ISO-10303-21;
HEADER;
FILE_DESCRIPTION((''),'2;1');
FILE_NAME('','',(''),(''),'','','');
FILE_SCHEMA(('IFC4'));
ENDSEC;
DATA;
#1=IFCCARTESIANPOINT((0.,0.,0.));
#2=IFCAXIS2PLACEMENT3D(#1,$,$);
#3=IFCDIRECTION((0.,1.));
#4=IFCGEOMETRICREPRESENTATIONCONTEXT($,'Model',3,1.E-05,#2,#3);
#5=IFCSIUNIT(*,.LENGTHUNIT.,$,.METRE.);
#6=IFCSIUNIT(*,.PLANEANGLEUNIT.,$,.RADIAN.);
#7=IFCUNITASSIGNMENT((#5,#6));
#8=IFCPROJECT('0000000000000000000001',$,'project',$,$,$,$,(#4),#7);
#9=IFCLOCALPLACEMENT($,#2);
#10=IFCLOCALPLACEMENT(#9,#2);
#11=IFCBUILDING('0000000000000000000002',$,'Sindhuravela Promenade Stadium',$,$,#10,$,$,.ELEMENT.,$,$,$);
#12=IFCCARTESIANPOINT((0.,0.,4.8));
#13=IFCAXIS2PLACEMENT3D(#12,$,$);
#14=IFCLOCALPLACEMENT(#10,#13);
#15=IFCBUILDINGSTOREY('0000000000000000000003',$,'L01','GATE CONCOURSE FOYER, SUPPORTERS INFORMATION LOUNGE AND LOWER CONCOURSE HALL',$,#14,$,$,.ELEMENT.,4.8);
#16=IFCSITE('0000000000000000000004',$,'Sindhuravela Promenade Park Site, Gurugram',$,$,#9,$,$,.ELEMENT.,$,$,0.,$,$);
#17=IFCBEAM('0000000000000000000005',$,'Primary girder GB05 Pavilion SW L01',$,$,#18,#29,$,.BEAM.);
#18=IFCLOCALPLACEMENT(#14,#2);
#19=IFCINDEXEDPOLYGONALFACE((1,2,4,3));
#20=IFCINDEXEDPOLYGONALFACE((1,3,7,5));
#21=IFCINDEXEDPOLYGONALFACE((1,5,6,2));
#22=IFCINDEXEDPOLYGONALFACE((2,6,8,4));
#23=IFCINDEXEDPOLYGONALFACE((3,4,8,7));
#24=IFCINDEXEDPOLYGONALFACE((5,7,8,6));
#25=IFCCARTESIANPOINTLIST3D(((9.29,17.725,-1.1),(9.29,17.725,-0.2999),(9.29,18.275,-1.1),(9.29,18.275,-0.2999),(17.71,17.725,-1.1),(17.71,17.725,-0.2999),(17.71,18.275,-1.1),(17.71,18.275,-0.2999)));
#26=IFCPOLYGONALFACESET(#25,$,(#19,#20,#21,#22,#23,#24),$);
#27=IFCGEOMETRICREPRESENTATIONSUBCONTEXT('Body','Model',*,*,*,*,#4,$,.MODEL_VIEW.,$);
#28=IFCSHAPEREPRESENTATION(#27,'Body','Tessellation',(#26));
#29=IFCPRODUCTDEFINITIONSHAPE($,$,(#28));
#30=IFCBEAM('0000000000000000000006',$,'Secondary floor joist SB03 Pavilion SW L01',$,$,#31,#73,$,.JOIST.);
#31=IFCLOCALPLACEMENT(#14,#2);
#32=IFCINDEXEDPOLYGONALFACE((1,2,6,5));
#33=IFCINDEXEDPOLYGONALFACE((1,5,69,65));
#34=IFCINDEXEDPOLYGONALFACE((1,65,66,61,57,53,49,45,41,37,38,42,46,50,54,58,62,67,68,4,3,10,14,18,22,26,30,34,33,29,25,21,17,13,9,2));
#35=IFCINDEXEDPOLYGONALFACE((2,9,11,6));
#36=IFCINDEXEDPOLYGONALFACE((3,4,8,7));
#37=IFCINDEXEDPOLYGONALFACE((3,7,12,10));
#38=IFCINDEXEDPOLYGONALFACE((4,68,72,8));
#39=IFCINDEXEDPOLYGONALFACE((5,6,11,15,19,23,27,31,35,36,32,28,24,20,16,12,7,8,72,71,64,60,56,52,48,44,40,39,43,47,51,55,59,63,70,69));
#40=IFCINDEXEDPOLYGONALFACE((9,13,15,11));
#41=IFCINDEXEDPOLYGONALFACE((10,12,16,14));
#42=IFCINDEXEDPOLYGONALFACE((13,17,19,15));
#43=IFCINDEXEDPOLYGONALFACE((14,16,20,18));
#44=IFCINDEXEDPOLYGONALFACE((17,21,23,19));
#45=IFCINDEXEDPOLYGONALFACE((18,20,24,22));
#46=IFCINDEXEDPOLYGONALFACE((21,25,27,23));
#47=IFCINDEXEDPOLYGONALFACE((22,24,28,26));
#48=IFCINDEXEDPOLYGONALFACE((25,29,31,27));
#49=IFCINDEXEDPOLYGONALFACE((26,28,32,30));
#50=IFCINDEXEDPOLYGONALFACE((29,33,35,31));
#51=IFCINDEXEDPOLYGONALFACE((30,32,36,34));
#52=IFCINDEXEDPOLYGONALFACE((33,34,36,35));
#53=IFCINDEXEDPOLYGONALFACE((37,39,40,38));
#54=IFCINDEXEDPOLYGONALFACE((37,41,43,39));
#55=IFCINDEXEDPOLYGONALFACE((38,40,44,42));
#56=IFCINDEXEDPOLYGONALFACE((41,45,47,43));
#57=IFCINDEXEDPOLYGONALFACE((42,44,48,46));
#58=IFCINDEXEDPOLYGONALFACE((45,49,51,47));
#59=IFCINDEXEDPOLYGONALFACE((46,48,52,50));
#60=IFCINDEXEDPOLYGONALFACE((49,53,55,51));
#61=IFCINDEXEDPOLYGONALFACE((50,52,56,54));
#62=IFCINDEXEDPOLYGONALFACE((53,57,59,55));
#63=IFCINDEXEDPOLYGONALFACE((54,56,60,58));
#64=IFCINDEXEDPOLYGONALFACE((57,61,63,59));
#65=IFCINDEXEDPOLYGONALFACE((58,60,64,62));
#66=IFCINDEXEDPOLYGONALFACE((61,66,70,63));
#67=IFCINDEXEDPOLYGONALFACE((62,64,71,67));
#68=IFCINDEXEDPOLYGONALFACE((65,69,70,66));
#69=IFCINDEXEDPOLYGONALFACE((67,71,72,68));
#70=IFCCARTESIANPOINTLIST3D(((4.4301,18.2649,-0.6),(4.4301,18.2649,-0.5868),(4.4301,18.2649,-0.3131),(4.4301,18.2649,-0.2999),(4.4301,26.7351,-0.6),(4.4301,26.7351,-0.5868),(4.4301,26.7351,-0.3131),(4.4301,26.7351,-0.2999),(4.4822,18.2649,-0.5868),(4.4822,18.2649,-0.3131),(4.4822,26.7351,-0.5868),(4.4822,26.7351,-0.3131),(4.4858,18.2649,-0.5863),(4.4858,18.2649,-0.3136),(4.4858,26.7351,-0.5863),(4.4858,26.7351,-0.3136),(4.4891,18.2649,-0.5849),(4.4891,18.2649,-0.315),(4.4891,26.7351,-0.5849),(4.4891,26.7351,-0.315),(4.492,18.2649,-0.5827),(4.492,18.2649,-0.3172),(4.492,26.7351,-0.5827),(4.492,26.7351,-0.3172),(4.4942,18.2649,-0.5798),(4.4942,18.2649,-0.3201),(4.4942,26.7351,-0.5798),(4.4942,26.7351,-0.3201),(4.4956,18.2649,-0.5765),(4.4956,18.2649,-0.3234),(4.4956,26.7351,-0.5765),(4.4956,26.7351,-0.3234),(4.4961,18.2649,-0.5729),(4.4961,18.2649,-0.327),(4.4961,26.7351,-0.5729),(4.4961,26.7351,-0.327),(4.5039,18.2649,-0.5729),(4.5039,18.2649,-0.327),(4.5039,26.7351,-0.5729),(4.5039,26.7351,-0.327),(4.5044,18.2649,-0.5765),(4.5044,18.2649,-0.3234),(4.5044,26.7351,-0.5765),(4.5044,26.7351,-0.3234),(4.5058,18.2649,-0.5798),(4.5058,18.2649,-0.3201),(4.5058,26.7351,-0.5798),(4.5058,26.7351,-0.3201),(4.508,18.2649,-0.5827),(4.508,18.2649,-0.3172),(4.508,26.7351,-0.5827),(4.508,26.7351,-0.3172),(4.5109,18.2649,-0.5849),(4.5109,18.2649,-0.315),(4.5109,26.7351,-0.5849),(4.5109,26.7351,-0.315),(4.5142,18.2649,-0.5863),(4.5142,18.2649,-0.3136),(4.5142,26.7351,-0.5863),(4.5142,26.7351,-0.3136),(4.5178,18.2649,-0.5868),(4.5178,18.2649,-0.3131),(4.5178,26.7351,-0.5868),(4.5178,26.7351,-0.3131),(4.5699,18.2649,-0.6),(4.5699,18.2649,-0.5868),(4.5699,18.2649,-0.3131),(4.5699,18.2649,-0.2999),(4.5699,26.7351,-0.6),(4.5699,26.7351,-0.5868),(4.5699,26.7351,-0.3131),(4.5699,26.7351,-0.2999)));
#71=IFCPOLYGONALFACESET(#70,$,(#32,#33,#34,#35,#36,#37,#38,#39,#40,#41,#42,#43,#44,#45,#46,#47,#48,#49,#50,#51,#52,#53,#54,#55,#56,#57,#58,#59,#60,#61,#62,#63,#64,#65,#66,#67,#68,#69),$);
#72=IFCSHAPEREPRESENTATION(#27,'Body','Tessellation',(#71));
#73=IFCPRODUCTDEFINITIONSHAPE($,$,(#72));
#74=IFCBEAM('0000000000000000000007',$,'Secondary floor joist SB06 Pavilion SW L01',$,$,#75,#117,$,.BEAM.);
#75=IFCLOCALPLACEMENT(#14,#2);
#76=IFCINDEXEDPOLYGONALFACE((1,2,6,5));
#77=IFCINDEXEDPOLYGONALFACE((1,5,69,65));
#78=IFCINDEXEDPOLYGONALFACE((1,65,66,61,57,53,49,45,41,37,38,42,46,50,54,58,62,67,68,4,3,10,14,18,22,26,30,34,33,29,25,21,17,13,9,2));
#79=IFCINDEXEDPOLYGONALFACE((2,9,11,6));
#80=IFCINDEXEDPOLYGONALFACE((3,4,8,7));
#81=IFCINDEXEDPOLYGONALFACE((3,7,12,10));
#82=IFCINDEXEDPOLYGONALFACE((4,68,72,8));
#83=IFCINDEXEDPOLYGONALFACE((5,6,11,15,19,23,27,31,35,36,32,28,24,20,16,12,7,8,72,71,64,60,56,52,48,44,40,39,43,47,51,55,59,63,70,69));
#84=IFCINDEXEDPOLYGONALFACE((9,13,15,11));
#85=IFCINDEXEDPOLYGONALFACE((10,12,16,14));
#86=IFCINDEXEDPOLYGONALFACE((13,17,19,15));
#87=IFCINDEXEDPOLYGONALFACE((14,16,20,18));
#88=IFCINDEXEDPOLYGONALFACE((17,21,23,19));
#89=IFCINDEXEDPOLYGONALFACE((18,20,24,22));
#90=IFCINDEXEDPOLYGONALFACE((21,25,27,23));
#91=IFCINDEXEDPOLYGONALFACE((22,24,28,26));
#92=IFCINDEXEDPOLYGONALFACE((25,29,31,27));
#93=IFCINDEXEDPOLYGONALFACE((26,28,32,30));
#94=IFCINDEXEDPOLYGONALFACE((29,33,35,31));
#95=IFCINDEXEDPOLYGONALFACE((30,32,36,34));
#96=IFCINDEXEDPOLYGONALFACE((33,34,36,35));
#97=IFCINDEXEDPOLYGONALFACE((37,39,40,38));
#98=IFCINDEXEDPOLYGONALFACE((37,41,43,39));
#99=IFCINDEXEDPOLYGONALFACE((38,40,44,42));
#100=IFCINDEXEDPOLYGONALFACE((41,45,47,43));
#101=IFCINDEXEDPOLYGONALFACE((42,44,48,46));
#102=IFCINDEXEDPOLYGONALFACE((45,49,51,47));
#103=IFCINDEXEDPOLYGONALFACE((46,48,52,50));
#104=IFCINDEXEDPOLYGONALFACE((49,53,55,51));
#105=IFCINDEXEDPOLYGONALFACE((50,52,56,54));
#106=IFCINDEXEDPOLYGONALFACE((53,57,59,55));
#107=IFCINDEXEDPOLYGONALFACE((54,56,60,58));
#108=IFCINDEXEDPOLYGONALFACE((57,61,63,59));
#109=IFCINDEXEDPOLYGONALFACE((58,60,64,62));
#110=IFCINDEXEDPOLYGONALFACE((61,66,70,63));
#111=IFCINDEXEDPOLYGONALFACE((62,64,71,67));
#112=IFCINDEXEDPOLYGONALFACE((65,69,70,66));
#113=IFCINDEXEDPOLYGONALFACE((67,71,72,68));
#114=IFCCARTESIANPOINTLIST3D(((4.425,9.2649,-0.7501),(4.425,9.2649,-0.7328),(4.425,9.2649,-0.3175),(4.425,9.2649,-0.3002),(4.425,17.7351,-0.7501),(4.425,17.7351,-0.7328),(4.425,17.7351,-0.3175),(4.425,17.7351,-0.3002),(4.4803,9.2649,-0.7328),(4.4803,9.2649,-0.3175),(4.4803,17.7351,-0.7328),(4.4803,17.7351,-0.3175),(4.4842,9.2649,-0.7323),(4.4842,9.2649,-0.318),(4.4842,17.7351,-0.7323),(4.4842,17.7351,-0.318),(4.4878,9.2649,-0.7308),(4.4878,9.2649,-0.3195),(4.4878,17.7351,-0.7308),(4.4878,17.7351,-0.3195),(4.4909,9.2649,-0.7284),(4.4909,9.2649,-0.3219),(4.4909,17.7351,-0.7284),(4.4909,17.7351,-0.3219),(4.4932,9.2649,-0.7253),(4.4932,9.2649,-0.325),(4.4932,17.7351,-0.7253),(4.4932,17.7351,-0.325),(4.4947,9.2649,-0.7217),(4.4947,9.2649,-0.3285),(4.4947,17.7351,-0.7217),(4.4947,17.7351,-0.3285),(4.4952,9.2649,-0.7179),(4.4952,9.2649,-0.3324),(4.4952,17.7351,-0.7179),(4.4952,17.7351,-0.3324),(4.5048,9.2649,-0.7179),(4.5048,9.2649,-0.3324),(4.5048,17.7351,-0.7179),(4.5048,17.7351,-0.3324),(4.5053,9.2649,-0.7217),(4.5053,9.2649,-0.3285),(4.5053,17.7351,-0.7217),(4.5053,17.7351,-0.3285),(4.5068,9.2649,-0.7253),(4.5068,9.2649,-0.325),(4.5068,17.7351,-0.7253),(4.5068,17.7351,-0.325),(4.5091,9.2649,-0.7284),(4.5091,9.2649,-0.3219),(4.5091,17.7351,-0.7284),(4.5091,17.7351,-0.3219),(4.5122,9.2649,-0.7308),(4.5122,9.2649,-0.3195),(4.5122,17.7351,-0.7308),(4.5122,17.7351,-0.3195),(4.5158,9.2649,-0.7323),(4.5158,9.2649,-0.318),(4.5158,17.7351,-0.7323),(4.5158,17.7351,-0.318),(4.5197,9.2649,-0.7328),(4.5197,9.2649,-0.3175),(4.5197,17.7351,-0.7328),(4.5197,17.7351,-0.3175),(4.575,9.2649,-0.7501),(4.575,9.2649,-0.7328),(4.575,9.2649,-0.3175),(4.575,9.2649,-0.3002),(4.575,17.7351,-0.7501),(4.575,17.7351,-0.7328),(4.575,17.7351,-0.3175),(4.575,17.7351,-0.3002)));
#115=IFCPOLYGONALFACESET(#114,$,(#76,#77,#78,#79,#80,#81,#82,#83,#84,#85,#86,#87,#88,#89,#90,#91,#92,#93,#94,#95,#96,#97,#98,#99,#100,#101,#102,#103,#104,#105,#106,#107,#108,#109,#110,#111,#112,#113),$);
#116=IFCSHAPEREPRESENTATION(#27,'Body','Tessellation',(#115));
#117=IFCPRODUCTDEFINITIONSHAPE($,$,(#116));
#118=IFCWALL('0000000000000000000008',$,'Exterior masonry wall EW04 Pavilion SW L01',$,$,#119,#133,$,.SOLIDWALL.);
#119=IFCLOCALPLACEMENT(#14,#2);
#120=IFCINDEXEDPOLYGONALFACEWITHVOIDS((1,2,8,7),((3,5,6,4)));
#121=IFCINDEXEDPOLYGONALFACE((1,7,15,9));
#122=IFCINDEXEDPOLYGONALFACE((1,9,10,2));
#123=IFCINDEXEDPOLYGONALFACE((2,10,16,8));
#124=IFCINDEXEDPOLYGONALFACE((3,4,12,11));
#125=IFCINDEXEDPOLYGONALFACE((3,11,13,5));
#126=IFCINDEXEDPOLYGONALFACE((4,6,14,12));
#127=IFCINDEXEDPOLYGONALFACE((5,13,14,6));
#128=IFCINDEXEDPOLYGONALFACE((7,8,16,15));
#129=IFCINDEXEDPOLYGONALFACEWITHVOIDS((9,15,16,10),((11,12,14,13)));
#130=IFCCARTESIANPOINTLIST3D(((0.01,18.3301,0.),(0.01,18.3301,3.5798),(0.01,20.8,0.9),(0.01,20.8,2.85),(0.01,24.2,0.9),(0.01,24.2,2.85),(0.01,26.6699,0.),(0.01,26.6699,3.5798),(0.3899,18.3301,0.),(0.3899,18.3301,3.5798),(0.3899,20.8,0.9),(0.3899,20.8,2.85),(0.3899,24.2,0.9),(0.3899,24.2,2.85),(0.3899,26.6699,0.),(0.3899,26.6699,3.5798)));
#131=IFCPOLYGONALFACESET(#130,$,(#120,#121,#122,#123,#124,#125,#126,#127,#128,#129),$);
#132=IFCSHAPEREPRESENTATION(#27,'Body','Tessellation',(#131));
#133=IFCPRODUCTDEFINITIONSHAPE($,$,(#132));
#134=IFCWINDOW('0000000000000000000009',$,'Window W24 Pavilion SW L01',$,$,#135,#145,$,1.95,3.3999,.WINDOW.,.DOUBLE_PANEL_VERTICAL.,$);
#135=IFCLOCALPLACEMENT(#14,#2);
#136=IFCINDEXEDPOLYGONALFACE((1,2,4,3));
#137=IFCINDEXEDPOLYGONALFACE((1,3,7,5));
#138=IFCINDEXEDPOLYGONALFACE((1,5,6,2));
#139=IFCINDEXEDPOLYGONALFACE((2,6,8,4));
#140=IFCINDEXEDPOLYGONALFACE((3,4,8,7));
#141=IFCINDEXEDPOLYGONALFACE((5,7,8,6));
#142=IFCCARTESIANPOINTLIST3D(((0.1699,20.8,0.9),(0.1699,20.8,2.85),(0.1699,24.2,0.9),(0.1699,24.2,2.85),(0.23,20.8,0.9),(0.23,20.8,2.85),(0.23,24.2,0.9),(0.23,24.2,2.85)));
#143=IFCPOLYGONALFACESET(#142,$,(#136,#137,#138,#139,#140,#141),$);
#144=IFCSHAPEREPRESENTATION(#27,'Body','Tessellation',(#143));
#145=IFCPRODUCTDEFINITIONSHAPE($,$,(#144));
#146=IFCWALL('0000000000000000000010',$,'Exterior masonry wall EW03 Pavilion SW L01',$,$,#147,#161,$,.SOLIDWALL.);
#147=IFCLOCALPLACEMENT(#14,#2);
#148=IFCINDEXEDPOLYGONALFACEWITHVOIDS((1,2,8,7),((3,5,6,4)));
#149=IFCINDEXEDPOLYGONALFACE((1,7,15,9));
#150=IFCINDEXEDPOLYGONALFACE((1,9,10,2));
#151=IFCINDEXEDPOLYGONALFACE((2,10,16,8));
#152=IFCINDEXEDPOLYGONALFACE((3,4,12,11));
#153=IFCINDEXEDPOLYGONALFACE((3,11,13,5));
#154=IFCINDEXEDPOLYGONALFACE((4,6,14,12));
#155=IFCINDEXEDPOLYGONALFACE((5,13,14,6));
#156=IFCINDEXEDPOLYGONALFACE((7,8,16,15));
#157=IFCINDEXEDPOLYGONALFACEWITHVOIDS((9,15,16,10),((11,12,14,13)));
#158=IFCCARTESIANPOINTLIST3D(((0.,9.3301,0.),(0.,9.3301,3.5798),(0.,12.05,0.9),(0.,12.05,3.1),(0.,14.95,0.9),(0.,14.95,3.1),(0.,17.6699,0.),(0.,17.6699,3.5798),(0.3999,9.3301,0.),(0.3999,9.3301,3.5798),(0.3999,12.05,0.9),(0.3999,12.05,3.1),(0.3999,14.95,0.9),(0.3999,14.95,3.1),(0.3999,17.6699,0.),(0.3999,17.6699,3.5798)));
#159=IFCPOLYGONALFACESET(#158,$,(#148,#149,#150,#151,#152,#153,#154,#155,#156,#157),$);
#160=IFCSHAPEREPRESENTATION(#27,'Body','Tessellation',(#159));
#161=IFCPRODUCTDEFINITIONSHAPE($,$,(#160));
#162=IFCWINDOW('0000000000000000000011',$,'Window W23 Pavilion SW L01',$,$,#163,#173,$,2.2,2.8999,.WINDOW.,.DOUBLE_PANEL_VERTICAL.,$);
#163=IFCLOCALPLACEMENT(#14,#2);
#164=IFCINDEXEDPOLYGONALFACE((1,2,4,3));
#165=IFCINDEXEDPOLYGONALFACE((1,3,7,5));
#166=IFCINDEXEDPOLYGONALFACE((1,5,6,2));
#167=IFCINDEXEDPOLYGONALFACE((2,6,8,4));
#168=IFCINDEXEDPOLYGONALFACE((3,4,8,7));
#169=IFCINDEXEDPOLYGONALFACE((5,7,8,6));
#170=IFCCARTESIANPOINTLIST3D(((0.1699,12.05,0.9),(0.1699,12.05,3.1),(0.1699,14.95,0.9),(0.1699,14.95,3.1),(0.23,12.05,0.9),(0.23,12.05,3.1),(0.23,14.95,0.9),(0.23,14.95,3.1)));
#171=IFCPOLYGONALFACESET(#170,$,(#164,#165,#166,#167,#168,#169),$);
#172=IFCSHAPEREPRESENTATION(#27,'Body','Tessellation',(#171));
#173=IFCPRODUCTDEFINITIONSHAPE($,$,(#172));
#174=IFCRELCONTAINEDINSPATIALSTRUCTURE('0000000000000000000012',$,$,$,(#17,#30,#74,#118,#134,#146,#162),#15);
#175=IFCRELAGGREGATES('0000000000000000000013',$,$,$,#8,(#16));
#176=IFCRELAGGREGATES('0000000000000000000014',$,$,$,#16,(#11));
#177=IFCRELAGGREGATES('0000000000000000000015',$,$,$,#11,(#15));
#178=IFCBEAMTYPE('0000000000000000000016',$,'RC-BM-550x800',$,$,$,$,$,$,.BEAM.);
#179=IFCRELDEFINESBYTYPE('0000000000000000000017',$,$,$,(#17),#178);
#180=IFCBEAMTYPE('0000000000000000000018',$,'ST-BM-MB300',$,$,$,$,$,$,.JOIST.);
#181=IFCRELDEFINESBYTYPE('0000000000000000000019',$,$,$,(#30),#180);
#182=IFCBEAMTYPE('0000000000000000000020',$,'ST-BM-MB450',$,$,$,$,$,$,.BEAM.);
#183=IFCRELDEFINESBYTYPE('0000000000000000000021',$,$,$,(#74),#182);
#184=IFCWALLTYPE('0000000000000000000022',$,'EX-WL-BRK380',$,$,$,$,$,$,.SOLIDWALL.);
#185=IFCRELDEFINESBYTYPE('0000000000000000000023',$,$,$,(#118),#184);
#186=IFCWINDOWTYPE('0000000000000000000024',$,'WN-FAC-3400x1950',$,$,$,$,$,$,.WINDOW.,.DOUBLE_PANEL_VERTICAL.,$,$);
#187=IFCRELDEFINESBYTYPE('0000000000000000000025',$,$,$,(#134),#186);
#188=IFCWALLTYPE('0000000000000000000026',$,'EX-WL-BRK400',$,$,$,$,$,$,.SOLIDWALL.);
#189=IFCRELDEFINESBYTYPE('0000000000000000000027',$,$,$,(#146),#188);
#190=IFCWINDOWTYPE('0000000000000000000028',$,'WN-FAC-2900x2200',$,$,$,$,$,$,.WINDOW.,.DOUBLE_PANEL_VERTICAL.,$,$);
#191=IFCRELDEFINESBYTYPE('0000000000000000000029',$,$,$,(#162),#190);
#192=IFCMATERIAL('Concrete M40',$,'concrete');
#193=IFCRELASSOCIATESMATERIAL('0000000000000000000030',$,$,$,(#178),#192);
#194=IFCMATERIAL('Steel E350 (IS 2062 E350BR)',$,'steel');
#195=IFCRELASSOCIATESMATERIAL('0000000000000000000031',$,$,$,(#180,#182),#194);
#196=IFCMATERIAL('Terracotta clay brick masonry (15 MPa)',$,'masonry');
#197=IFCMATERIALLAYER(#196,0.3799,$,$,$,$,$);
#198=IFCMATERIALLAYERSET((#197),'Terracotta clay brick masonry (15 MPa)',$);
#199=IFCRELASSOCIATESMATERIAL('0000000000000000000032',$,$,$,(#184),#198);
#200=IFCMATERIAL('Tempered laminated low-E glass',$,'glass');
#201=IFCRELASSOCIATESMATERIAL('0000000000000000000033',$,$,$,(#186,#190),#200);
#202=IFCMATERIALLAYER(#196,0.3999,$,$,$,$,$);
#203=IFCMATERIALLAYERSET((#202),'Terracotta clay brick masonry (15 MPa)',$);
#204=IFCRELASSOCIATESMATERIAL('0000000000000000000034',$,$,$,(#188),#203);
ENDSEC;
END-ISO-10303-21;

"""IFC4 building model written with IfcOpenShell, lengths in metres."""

from ifc_helpers import new_model, si_unit, direction, frame, frame_2d, origin, origin_2d, place, context, subcontext, project, spatial, rectangle, i_section, extrude, material, layer, layer_set, material_profile, profile_set, type_object, element, fill, save


model = new_model("IFC4")

# Units and contexts
model_context = context("Model", 3, precision=1e-05, world=origin(), true_north=direction((0.0, 1.0)))
body_context = subcontext(model_context, "Body", "Model", "MODEL_VIEW")
ifc_project = project(units=[si_unit("LENGTHUNIT", "METRE"), si_unit("PLANEANGLEUNIT", "RADIAN")], contexts=[model_context])

# Site, building, storey
site_placement = place(None, origin())
site = spatial("IfcSite", under=ifc_project, at=site_placement, Name="Sindhuravela Promenade Park Site, Gurugram", CompositionType="ELEMENT", RefElevation=0.0)
building_placement = place(site_placement, origin())
building = spatial("IfcBuilding", under=site, at=building_placement, Name="Sindhuravela Promenade Stadium", CompositionType="ELEMENT")
storey_placement = place(building_placement, frame((0.0, 0.0, 4.8)))
storey = spatial("IfcBuildingStorey", under=building, at=storey_placement, Name="L01", Description="GATE CONCOURSE FOYER, SUPPORTERS INFORMATION LOUNGE AND LOWER CONCOURSE HALL", CompositionType="ELEMENT", Elevation=4.8)

# Shared definitions
ifc_material_1 = material(Name="Concrete M40", Category="concrete")

# Beams
ifc_material_profile_1 = material_profile(ifc_material_1, rectangle(XDim=0.55, YDim=0.8, at=origin_2d()), Name="RC 550x800")
ifc_profile_set_1 = profile_set([ifc_material_profile_1], Name="Concrete M40")
beam_type_1 = type_object("IfcBeamType", Name="RC-BM-550x800", PredefinedType="BEAM", material=ifc_profile_set_1)
beam_1_placement = place(storey_placement, frame((9.29, 18.0, -0.7), z_axis=(1.0, 0.0, 0.0), x_axis=(0.0, 1.0, 0.0)))
element("IfcBeam", 1, at=beam_1_placement, inside=storey, type_object=beam_type_1, Name="Primary girder GB05 Pavilion SW L01", PredefinedType="BEAM", context=body_context, shape_type="SweptSolid", body=[
    extrude(rectangle(XDim=0.55, YDim=0.8, at=origin_2d()), origin(), (0.0, 0.0, 1.0), 8.4199),
])
ifc_material_2 = material(Name="Steel E350 (IS 2062 E350BR)", Category="steel")
ifc_material_profile_2 = material_profile(ifc_material_2, i_section(OverallWidth=0.1399, OverallDepth=0.3, WebThickness=0.0078, FlangeThickness=0.0132, FilletRadius=0.0139, at=origin_2d()), Name="ISMB 300")
ifc_profile_set_2 = profile_set([ifc_material_profile_2], Name="Steel E350 (IS 2062 E350BR)")
beam_type_2 = type_object("IfcBeamType", Name="ST-BM-MB300", PredefinedType="JOIST", material=ifc_profile_set_2)
beam_2_placement = place(storey_placement, frame((4.5, 18.2649, -0.45), z_axis=(0.0, 1.0, 0.0), x_axis=(-1.0, 0.0, 0.0)))
element("IfcBeam", 2, at=beam_2_placement, inside=storey, type_object=beam_type_2, Name="Secondary floor joist SB03 Pavilion SW L01", PredefinedType="JOIST", context=body_context, shape_type="SweptSolid", body=[
    extrude(i_section(OverallWidth=0.1399, OverallDepth=0.3, WebThickness=0.0078, FlangeThickness=0.0132, FilletRadius=0.0139, at=origin_2d()), origin(), (0.0, 0.0, 1.0), 8.4702),
])
ifc_material_profile_3 = material_profile(ifc_material_2, i_section(OverallWidth=0.1499, OverallDepth=0.45, WebThickness=0.0095, FlangeThickness=0.0173, FilletRadius=0.0149, at=origin_2d()), Name="ISMB 450")
ifc_profile_set_3 = profile_set([ifc_material_profile_3], Name="Steel E350 (IS 2062 E350BR)")
beam_type_3 = type_object("IfcBeamType", Name="ST-BM-MB450", PredefinedType="BEAM", material=ifc_profile_set_3)
beam_3_placement = place(storey_placement, frame((4.5, 9.2649, -0.5251), z_axis=(0.0, 1.0, 0.0), x_axis=(-1.0, 0.0, 0.0)))
element("IfcBeam", 3, at=beam_3_placement, inside=storey, type_object=beam_type_3, Name="Secondary floor joist SB06 Pavilion SW L01", PredefinedType="BEAM", context=body_context, shape_type="SweptSolid", body=[
    extrude(i_section(OverallWidth=0.1499, OverallDepth=0.45, WebThickness=0.0095, FlangeThickness=0.0173, FilletRadius=0.0149, at=origin_2d()), origin(), (0.0, 0.0, 1.0), 8.4702),
])

# Walls, openings, windows
ifc_material_3 = material(Name="Terracotta clay brick masonry (15 MPa)", Category="masonry")
ifc_layer_1 = layer(ifc_material_3, 0.3799)
ifc_layer_set_1 = layer_set([ifc_layer_1], Name="Terracotta clay brick masonry (15 MPa)")
wall_type_1 = type_object("IfcWallType", Name="EX-WL-BRK380", PredefinedType="SOLIDWALL", material=ifc_layer_set_1)
wall_1_placement = place(storey_placement, frame((0.2, 18.3301, 0.0), z_axis=(0.0, 0.0, 1.0), x_axis=(0.0, 1.0, 0.0)))
wall_1 = element("IfcWall", 4, at=wall_1_placement, inside=storey, type_object=wall_type_1, Name="Exterior masonry wall EW04 Pavilion SW L01", PredefinedType="SOLIDWALL", context=body_context, shape_type="SweptSolid", body=[
    extrude(rectangle(XDim=8.3398, YDim=0.3799, at=frame_2d((4.1699, 0.0))), origin(), (0.0, 0.0, 1.0), 3.5798),
])
opening_1_placement = place(wall_1_placement, frame((2.47, 0.0, 0.8999)))
opening_1 = element("IfcOpeningElement", 5, at=opening_1_placement, cuts=wall_1, PredefinedType="OPENING", context=body_context, shape_type="SweptSolid", body=[
    extrude(rectangle(XDim=3.3999, YDim=1.95, at=frame_2d((1.7, 0.9751))), frame((0.0, 0.2, 0.0), z_axis=(0.0, -1.0, 0.0), x_axis=(1.0, 0.0, 0.0)), (0.0, 0.0, 1.0), 0.3999),
])
ifc_material_4 = material(Name="Tempered laminated low-E glass", Category="glass")
window_type_1 = type_object("IfcWindowType", Name="WN-FAC-3400x1950", PartitioningType="DOUBLE_PANEL_VERTICAL", PredefinedType="WINDOW", material=ifc_material_4)
window_1_placement = place(opening_1_placement, origin())
window_1 = element("IfcWindow", 6, at=window_1_placement, inside=storey, type_object=window_type_1, Name="Window W24 Pavilion SW L01", OverallHeight=1.95, OverallWidth=3.3999, PartitioningType="DOUBLE_PANEL_VERTICAL", PredefinedType="WINDOW", context=body_context, shape_type="SweptSolid", body=[
    extrude(rectangle(XDim=3.3999, YDim=1.95, at=frame_2d((1.7, 0.9751))), frame((0.0, 0.03, 0.0), z_axis=(0.0, -1.0, 0.0), x_axis=(1.0, 0.0, 0.0)), (0.0, 0.0, 1.0), 0.0601),
])
fill(opening_1, window_1)
ifc_layer_2 = layer(ifc_material_3, 0.3999)
ifc_layer_set_2 = layer_set([ifc_layer_2], Name="Terracotta clay brick masonry (15 MPa)")
wall_type_2 = type_object("IfcWallType", Name="EX-WL-BRK400", PredefinedType="SOLIDWALL", material=ifc_layer_set_2)
wall_2_placement = place(storey_placement, frame((0.2, 9.3301, 0.0), z_axis=(0.0, 0.0, 1.0), x_axis=(0.0, 1.0, 0.0)))
wall_2 = element("IfcWall", 7, at=wall_2_placement, inside=storey, type_object=wall_type_2, Name="Exterior masonry wall EW03 Pavilion SW L01", PredefinedType="SOLIDWALL", context=body_context, shape_type="SweptSolid", body=[
    extrude(rectangle(XDim=8.3398, YDim=0.3999, at=frame_2d((4.1699, 0.0))), origin(), (0.0, 0.0, 1.0), 3.5798),
])
opening_2_placement = place(wall_2_placement, frame((2.72, 0.0, 0.8999)))
opening_2 = element("IfcOpeningElement", 8, at=opening_2_placement, cuts=wall_2, PredefinedType="OPENING", context=body_context, shape_type="SweptSolid", body=[
    extrude(rectangle(XDim=2.8999, YDim=2.2, at=frame_2d((1.45, 1.1001))), frame((0.0, 0.21, 0.0), z_axis=(0.0, -1.0, 0.0), x_axis=(1.0, 0.0, 0.0)), (0.0, 0.0, 1.0), 0.4199),
])
window_type_2 = type_object("IfcWindowType", Name="WN-FAC-2900x2200", PartitioningType="DOUBLE_PANEL_VERTICAL", PredefinedType="WINDOW", material=ifc_material_4)
window_2_placement = place(opening_2_placement, origin())
window_2 = element("IfcWindow", 9, at=window_2_placement, inside=storey, type_object=window_type_2, Name="Window W23 Pavilion SW L01", OverallHeight=2.2, OverallWidth=2.8999, PartitioningType="DOUBLE_PANEL_VERTICAL", PredefinedType="WINDOW", context=body_context, shape_type="SweptSolid", body=[
    extrude(rectangle(XDim=2.8999, YDim=2.2, at=frame_2d((1.45, 1.1001))), frame((0.0, 0.03, 0.0), z_axis=(0.0, -1.0, 0.0), x_axis=(1.0, 0.0, 0.0)), (0.0, 0.0, 1.0), 0.0601),
])
fill(opening_2, window_2)

save(model, "model.ifc")
